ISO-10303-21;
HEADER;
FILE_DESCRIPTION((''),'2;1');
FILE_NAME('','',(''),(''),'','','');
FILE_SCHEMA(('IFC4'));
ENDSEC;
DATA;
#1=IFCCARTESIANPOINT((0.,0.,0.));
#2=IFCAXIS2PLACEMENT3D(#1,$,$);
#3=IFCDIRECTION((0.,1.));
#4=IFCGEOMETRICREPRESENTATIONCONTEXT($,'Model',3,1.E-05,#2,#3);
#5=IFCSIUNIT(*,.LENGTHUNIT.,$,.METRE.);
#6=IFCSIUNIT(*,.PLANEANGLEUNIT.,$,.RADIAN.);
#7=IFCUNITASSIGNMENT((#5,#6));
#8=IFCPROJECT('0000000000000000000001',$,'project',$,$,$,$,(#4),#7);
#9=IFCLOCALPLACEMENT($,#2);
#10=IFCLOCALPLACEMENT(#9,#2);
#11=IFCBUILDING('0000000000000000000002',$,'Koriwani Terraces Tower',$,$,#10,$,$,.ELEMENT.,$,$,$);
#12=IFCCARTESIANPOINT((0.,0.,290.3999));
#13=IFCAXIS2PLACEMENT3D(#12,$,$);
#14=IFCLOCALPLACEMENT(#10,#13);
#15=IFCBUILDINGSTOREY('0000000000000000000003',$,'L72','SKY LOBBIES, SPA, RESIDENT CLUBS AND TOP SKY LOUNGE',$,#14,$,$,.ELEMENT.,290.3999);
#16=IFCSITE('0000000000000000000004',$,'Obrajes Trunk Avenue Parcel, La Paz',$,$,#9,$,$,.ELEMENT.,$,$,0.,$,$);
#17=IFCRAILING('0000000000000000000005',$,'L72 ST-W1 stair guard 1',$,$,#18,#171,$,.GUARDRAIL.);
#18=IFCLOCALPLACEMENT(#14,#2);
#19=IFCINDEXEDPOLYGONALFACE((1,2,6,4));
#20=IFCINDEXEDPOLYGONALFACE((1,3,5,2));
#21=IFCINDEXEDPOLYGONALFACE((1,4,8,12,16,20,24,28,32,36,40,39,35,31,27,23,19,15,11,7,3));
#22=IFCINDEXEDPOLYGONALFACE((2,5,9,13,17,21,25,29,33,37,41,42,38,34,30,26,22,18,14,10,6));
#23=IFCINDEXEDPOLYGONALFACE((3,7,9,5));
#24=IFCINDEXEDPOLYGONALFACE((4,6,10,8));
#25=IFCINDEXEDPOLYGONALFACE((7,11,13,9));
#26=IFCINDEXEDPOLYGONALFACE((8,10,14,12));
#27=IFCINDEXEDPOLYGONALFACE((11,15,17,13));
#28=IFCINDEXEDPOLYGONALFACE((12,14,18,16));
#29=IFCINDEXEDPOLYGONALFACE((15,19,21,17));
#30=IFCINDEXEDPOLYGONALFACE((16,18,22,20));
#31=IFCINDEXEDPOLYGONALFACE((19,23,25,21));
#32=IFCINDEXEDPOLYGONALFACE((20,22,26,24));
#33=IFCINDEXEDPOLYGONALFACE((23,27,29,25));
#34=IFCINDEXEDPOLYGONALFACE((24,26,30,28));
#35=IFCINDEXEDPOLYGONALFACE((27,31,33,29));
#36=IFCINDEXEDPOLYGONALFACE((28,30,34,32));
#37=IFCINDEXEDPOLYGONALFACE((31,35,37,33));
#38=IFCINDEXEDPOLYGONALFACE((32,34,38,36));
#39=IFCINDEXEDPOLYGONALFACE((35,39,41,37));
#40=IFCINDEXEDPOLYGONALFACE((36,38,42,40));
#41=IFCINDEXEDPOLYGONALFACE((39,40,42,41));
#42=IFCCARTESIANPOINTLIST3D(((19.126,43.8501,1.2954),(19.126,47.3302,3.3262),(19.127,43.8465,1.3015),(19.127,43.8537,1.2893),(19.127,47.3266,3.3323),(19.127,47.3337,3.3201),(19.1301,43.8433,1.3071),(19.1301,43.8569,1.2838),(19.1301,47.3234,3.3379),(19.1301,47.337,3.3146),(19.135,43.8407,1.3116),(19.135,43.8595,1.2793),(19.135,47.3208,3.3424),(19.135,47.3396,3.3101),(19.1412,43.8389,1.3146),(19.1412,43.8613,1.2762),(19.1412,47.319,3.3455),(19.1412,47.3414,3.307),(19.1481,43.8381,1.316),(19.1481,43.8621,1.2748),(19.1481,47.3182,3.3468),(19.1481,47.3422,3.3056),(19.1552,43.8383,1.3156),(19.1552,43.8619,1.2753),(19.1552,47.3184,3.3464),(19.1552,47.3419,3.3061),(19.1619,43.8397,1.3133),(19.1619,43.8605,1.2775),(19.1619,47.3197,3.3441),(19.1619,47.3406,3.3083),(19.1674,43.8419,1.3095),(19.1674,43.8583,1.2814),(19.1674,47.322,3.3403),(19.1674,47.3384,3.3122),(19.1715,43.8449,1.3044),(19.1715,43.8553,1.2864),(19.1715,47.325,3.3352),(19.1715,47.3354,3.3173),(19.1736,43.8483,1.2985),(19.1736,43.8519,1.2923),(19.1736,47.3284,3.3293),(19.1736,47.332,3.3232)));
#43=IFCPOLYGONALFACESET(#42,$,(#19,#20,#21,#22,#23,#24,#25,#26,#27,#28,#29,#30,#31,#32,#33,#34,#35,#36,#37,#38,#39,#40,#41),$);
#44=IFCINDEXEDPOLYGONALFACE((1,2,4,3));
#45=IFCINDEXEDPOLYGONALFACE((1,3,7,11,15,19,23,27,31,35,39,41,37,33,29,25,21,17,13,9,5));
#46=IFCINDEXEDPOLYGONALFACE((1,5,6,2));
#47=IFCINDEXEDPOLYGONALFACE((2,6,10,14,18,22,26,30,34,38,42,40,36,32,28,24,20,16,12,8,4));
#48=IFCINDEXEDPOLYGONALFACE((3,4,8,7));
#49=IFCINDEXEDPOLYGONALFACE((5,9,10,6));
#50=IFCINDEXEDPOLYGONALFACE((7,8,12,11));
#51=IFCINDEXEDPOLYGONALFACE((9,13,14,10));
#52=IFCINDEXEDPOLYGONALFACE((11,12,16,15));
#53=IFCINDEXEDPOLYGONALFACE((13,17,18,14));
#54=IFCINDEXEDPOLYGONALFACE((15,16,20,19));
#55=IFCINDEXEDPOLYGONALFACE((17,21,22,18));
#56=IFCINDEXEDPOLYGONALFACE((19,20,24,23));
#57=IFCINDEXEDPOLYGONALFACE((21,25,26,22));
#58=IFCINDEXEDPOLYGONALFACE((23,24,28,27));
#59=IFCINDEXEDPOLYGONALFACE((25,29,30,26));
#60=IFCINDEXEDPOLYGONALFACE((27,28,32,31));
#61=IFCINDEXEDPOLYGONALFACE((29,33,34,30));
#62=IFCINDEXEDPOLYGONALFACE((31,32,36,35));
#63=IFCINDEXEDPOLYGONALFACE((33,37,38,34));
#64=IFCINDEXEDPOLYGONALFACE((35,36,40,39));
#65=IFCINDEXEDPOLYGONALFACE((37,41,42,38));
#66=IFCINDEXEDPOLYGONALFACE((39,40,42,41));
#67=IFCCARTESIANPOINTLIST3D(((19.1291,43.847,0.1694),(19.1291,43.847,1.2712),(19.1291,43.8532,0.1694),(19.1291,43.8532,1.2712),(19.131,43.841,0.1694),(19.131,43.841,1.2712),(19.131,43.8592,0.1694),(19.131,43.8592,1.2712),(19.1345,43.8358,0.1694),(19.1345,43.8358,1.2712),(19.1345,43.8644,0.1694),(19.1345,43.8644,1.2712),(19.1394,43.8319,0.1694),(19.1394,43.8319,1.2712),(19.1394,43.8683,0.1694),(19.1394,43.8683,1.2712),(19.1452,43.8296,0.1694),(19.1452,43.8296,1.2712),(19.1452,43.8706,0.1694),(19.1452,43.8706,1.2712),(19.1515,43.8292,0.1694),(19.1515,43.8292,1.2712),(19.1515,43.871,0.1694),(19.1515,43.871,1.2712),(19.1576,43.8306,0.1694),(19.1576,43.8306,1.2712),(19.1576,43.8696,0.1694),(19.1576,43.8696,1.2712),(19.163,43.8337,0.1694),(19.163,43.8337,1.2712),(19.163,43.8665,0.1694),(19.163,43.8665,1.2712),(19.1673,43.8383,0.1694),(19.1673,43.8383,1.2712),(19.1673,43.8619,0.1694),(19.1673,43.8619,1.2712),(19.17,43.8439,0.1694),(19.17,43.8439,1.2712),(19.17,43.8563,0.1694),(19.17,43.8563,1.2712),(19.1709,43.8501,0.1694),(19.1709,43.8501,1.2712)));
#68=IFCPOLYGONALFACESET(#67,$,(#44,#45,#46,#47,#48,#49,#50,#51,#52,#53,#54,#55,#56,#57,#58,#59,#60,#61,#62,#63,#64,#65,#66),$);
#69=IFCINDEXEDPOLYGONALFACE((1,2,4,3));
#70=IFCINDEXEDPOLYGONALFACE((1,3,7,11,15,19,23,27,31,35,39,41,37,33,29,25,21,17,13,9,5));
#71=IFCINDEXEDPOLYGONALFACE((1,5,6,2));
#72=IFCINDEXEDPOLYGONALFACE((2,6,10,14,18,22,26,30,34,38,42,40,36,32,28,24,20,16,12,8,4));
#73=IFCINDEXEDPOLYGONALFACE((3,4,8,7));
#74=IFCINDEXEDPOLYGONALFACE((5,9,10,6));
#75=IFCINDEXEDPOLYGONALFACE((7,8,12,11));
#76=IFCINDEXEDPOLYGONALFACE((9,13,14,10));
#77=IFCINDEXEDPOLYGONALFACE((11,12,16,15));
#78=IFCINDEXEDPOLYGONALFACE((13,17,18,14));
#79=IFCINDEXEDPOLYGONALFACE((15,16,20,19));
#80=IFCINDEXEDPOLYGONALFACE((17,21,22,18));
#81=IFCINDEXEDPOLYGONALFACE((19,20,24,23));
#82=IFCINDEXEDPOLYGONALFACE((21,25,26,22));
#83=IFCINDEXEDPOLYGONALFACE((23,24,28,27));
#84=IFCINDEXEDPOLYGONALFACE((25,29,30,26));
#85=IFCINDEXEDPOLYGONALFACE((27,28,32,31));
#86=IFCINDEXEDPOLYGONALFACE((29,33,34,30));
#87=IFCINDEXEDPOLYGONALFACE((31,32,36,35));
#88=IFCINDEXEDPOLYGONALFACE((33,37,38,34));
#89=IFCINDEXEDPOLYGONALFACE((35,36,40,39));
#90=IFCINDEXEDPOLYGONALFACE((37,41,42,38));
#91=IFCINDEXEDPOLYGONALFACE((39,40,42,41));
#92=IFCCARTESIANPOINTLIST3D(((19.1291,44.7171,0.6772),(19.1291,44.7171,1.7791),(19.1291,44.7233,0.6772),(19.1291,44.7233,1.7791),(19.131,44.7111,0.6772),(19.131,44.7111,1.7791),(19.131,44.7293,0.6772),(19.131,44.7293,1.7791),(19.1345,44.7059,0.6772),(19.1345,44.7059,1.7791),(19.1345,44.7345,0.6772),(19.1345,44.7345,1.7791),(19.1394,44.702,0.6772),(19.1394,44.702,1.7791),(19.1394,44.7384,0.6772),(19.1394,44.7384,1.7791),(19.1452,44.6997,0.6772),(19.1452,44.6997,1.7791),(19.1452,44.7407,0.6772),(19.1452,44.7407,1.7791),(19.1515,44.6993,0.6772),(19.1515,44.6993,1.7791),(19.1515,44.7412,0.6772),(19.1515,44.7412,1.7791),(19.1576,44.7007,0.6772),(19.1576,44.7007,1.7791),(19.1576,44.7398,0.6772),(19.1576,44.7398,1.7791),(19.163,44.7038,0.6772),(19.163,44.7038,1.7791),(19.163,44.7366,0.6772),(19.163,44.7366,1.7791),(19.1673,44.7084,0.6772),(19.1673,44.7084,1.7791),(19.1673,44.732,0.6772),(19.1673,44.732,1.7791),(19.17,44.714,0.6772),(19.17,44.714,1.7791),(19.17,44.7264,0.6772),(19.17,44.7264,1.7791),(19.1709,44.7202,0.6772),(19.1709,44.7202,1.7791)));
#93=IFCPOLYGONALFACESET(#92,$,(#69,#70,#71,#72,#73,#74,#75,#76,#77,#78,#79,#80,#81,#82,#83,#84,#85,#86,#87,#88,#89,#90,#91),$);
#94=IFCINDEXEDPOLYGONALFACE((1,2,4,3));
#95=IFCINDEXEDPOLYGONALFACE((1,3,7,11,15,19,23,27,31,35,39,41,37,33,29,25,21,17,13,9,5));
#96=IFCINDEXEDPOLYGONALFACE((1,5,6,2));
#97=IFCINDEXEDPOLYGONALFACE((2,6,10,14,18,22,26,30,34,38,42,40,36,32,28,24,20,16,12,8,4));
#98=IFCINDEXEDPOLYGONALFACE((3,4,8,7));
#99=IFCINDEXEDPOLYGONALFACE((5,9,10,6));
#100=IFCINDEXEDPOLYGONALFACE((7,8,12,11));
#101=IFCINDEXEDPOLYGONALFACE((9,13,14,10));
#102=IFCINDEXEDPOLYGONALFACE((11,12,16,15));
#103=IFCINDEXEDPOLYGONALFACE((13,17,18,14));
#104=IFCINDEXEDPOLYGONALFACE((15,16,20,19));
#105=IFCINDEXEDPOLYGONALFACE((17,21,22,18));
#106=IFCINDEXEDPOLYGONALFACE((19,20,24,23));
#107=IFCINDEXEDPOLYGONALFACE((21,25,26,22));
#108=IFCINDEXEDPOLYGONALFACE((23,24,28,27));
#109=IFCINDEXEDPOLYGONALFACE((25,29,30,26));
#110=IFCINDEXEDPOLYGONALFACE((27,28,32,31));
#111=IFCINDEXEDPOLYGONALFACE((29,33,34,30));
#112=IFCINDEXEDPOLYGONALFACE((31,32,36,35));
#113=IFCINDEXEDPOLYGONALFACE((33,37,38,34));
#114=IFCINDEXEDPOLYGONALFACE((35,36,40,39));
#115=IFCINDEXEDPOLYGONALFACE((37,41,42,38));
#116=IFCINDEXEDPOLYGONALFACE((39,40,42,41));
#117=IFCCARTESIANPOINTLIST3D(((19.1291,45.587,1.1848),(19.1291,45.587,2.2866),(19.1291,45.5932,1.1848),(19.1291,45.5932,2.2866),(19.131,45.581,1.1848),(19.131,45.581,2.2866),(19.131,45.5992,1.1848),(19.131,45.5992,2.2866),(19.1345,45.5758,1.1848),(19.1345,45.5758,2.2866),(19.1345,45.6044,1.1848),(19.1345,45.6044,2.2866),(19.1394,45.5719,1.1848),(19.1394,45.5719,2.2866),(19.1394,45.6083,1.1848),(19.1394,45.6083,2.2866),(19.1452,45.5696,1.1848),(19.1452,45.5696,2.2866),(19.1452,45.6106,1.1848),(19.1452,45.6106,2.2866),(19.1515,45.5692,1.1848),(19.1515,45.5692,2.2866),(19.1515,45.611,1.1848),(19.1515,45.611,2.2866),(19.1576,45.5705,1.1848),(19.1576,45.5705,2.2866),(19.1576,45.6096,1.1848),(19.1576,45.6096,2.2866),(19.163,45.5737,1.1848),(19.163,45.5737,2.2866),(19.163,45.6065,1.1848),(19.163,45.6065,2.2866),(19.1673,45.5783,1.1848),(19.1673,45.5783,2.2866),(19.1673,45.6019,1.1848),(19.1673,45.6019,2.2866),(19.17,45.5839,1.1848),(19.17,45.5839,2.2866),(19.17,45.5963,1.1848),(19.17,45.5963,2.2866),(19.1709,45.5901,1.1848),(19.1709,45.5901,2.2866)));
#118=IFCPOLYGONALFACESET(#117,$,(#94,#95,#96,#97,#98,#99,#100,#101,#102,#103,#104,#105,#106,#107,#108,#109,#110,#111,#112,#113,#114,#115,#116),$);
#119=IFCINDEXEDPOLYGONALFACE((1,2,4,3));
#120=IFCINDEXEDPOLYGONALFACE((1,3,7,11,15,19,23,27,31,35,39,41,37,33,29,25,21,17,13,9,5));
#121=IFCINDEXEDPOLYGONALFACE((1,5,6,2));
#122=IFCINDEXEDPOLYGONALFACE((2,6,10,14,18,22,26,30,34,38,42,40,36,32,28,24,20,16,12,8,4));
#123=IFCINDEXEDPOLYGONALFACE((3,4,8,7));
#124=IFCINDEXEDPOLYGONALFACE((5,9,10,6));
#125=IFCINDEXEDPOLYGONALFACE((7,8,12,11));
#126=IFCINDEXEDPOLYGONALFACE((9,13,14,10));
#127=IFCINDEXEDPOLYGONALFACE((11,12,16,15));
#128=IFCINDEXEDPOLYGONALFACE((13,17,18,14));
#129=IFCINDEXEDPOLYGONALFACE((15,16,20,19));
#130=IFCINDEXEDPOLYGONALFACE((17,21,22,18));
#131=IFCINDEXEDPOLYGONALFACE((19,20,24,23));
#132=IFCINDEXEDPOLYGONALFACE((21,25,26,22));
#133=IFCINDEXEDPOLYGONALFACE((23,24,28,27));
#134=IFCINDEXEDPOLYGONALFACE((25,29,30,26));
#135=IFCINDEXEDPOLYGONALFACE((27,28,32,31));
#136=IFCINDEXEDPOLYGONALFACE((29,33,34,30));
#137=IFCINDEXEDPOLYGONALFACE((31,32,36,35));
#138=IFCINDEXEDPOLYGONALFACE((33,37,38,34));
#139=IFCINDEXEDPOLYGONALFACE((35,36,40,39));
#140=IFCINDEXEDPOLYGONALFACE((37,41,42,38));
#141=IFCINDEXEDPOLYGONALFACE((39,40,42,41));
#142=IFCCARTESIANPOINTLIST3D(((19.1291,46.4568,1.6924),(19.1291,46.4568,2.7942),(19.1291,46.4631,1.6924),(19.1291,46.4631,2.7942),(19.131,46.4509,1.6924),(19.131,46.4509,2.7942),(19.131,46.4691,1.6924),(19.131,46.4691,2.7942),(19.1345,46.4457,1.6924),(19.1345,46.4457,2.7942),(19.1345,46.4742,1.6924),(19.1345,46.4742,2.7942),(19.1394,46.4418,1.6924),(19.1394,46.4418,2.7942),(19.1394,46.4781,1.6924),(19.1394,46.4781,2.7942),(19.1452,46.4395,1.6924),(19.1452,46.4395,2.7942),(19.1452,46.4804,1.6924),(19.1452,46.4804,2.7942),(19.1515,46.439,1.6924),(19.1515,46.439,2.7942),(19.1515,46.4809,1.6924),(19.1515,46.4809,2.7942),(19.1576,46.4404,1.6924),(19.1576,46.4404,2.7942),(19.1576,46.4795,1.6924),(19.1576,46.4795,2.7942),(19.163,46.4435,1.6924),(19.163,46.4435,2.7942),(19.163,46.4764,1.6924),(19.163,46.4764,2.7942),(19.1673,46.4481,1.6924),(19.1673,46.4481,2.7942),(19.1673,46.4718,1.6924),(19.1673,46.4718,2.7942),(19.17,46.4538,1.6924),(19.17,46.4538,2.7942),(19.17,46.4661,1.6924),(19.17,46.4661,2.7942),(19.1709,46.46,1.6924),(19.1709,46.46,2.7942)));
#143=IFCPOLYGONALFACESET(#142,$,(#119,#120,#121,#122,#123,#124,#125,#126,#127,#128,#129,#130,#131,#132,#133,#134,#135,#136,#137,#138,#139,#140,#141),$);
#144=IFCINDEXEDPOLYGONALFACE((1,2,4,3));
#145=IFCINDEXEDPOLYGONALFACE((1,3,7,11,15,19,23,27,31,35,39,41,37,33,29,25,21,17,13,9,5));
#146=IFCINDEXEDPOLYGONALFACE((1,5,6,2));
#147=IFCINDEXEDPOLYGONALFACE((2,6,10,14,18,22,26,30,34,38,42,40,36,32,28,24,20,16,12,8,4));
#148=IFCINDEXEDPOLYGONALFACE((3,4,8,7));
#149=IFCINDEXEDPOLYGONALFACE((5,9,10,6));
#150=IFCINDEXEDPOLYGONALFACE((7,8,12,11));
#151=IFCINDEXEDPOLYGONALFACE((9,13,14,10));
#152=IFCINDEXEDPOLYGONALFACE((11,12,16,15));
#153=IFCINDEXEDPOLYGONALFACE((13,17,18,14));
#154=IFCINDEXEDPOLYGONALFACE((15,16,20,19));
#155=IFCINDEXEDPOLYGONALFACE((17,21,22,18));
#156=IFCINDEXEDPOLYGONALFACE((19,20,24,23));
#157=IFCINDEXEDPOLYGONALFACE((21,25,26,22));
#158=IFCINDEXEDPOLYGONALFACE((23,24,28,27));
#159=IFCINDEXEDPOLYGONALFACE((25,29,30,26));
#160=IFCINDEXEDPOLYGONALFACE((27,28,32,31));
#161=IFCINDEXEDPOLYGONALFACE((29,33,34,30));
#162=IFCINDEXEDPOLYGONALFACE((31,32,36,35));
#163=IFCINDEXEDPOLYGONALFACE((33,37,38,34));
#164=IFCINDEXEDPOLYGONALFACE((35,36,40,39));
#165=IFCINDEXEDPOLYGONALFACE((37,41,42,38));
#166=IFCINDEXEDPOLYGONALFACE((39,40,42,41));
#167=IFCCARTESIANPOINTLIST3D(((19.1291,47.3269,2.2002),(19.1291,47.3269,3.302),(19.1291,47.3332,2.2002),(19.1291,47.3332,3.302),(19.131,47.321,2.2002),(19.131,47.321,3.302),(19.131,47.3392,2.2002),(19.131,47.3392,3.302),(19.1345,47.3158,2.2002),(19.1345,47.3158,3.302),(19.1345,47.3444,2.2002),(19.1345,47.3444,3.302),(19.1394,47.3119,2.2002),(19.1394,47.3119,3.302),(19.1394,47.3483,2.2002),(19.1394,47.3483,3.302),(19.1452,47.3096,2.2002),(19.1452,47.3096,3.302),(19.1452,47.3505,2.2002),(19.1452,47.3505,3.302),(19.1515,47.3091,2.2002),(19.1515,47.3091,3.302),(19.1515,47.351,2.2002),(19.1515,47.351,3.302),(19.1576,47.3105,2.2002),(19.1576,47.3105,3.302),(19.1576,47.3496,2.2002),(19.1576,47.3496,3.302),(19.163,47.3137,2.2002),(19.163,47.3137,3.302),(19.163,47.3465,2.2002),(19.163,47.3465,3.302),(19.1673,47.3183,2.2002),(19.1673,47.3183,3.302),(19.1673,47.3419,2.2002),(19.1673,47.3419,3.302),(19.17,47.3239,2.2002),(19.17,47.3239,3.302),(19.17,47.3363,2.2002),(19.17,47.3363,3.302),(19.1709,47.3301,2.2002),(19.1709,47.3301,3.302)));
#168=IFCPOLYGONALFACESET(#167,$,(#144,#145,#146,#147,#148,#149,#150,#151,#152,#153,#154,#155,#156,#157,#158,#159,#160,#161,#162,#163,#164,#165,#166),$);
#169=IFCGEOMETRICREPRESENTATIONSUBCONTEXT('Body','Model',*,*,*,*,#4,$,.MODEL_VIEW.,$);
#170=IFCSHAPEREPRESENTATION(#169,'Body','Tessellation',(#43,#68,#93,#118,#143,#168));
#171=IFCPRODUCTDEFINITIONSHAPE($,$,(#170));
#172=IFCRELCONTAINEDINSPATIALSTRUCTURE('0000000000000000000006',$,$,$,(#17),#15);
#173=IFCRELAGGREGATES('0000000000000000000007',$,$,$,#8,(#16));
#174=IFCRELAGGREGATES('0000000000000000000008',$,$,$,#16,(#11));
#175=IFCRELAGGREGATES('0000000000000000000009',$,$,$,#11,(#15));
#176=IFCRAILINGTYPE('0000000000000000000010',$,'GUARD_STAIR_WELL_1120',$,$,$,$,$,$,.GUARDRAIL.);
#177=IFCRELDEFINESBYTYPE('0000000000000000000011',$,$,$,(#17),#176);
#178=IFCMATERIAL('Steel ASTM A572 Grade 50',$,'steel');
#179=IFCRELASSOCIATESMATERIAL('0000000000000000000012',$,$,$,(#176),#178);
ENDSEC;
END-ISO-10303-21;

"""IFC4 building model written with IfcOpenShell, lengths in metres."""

from ifc_helpers import new_model, si_unit, direction, frame, origin, origin_2d, place, context, subcontext, project, spatial, circle, extrude, material, type_object, element, save


model = new_model("IFC4")

# Units and contexts
model_context = context("Model", 3, precision=1e-05, world=origin(), true_north=direction((0.0, 1.0)))
body_context = subcontext(model_context, "Body", "Model", "MODEL_VIEW")
ifc_project = project(units=[si_unit("LENGTHUNIT", "METRE"), si_unit("PLANEANGLEUNIT", "RADIAN")], contexts=[model_context])

# Site, building, storey
site_placement = place(None, origin())
site = spatial("IfcSite", under=ifc_project, at=site_placement, Name="Obrajes Trunk Avenue Parcel, La Paz", CompositionType="ELEMENT", RefElevation=0.0)
building_placement = place(site_placement, origin())
building = spatial("IfcBuilding", under=site, at=building_placement, Name="Koriwani Terraces Tower", CompositionType="ELEMENT")
storey_placement = place(building_placement, frame((0.0, 0.0, 290.3999)))
storey = spatial("IfcBuildingStorey", under=building, at=storey_placement, Name="L72", Description="SKY LOBBIES, SPA, RESIDENT CLUBS AND TOP SKY LOUNGE", CompositionType="ELEMENT", Elevation=290.3999)

# Railing
ifc_material_1 = material(Name="Steel ASTM A572 Grade 50", Category="steel")
railing_type_1 = type_object("IfcRailingType", Name="GUARD_STAIR_WELL_1120", PredefinedType="GUARDRAIL", material=ifc_material_1)
railing_1_placement = place(storey_placement, frame((19.1499, 43.8501, 0.1694)))
element("IfcRailing", 1, at=railing_1_placement, inside=storey, type_object=railing_type_1, Name="L72 ST-W1 stair guard 1", PredefinedType="GUARDRAIL", context=body_context, shape_type="SweptSolid", body=[
    extrude(circle(Radius=0.0239, at=origin_2d()), frame((0.0, 0.0, 1.126), z_axis=(0.0, 0.863695, 0.504014), x_axis=(-1.0, 0.0, 0.0)), (0.0, 0.0, 1.0), 4.0293),
    extrude(circle(Radius=0.021, at=origin_2d()), origin(), (0.0, 0.0, 1.0), 1.1018),
    extrude(circle(Radius=0.021, at=origin_2d()), frame((0.0, 0.8701, 0.5078)), (0.0, 0.0, 1.0), 1.1018),
    extrude(circle(Radius=0.021, at=origin_2d()), frame((0.0, 1.74, 1.0154)), (0.0, 0.0, 1.0), 1.1018),
    extrude(circle(Radius=0.021, at=origin_2d()), frame((0.0, 2.6099, 1.5229)), (0.0, 0.0, 1.0), 1.1018),
    extrude(circle(Radius=0.021, at=origin_2d()), frame((0.0, 3.48, 2.0308)), (0.0, 0.0, 1.0), 1.1018),
])

save(model, "model.ifc")
